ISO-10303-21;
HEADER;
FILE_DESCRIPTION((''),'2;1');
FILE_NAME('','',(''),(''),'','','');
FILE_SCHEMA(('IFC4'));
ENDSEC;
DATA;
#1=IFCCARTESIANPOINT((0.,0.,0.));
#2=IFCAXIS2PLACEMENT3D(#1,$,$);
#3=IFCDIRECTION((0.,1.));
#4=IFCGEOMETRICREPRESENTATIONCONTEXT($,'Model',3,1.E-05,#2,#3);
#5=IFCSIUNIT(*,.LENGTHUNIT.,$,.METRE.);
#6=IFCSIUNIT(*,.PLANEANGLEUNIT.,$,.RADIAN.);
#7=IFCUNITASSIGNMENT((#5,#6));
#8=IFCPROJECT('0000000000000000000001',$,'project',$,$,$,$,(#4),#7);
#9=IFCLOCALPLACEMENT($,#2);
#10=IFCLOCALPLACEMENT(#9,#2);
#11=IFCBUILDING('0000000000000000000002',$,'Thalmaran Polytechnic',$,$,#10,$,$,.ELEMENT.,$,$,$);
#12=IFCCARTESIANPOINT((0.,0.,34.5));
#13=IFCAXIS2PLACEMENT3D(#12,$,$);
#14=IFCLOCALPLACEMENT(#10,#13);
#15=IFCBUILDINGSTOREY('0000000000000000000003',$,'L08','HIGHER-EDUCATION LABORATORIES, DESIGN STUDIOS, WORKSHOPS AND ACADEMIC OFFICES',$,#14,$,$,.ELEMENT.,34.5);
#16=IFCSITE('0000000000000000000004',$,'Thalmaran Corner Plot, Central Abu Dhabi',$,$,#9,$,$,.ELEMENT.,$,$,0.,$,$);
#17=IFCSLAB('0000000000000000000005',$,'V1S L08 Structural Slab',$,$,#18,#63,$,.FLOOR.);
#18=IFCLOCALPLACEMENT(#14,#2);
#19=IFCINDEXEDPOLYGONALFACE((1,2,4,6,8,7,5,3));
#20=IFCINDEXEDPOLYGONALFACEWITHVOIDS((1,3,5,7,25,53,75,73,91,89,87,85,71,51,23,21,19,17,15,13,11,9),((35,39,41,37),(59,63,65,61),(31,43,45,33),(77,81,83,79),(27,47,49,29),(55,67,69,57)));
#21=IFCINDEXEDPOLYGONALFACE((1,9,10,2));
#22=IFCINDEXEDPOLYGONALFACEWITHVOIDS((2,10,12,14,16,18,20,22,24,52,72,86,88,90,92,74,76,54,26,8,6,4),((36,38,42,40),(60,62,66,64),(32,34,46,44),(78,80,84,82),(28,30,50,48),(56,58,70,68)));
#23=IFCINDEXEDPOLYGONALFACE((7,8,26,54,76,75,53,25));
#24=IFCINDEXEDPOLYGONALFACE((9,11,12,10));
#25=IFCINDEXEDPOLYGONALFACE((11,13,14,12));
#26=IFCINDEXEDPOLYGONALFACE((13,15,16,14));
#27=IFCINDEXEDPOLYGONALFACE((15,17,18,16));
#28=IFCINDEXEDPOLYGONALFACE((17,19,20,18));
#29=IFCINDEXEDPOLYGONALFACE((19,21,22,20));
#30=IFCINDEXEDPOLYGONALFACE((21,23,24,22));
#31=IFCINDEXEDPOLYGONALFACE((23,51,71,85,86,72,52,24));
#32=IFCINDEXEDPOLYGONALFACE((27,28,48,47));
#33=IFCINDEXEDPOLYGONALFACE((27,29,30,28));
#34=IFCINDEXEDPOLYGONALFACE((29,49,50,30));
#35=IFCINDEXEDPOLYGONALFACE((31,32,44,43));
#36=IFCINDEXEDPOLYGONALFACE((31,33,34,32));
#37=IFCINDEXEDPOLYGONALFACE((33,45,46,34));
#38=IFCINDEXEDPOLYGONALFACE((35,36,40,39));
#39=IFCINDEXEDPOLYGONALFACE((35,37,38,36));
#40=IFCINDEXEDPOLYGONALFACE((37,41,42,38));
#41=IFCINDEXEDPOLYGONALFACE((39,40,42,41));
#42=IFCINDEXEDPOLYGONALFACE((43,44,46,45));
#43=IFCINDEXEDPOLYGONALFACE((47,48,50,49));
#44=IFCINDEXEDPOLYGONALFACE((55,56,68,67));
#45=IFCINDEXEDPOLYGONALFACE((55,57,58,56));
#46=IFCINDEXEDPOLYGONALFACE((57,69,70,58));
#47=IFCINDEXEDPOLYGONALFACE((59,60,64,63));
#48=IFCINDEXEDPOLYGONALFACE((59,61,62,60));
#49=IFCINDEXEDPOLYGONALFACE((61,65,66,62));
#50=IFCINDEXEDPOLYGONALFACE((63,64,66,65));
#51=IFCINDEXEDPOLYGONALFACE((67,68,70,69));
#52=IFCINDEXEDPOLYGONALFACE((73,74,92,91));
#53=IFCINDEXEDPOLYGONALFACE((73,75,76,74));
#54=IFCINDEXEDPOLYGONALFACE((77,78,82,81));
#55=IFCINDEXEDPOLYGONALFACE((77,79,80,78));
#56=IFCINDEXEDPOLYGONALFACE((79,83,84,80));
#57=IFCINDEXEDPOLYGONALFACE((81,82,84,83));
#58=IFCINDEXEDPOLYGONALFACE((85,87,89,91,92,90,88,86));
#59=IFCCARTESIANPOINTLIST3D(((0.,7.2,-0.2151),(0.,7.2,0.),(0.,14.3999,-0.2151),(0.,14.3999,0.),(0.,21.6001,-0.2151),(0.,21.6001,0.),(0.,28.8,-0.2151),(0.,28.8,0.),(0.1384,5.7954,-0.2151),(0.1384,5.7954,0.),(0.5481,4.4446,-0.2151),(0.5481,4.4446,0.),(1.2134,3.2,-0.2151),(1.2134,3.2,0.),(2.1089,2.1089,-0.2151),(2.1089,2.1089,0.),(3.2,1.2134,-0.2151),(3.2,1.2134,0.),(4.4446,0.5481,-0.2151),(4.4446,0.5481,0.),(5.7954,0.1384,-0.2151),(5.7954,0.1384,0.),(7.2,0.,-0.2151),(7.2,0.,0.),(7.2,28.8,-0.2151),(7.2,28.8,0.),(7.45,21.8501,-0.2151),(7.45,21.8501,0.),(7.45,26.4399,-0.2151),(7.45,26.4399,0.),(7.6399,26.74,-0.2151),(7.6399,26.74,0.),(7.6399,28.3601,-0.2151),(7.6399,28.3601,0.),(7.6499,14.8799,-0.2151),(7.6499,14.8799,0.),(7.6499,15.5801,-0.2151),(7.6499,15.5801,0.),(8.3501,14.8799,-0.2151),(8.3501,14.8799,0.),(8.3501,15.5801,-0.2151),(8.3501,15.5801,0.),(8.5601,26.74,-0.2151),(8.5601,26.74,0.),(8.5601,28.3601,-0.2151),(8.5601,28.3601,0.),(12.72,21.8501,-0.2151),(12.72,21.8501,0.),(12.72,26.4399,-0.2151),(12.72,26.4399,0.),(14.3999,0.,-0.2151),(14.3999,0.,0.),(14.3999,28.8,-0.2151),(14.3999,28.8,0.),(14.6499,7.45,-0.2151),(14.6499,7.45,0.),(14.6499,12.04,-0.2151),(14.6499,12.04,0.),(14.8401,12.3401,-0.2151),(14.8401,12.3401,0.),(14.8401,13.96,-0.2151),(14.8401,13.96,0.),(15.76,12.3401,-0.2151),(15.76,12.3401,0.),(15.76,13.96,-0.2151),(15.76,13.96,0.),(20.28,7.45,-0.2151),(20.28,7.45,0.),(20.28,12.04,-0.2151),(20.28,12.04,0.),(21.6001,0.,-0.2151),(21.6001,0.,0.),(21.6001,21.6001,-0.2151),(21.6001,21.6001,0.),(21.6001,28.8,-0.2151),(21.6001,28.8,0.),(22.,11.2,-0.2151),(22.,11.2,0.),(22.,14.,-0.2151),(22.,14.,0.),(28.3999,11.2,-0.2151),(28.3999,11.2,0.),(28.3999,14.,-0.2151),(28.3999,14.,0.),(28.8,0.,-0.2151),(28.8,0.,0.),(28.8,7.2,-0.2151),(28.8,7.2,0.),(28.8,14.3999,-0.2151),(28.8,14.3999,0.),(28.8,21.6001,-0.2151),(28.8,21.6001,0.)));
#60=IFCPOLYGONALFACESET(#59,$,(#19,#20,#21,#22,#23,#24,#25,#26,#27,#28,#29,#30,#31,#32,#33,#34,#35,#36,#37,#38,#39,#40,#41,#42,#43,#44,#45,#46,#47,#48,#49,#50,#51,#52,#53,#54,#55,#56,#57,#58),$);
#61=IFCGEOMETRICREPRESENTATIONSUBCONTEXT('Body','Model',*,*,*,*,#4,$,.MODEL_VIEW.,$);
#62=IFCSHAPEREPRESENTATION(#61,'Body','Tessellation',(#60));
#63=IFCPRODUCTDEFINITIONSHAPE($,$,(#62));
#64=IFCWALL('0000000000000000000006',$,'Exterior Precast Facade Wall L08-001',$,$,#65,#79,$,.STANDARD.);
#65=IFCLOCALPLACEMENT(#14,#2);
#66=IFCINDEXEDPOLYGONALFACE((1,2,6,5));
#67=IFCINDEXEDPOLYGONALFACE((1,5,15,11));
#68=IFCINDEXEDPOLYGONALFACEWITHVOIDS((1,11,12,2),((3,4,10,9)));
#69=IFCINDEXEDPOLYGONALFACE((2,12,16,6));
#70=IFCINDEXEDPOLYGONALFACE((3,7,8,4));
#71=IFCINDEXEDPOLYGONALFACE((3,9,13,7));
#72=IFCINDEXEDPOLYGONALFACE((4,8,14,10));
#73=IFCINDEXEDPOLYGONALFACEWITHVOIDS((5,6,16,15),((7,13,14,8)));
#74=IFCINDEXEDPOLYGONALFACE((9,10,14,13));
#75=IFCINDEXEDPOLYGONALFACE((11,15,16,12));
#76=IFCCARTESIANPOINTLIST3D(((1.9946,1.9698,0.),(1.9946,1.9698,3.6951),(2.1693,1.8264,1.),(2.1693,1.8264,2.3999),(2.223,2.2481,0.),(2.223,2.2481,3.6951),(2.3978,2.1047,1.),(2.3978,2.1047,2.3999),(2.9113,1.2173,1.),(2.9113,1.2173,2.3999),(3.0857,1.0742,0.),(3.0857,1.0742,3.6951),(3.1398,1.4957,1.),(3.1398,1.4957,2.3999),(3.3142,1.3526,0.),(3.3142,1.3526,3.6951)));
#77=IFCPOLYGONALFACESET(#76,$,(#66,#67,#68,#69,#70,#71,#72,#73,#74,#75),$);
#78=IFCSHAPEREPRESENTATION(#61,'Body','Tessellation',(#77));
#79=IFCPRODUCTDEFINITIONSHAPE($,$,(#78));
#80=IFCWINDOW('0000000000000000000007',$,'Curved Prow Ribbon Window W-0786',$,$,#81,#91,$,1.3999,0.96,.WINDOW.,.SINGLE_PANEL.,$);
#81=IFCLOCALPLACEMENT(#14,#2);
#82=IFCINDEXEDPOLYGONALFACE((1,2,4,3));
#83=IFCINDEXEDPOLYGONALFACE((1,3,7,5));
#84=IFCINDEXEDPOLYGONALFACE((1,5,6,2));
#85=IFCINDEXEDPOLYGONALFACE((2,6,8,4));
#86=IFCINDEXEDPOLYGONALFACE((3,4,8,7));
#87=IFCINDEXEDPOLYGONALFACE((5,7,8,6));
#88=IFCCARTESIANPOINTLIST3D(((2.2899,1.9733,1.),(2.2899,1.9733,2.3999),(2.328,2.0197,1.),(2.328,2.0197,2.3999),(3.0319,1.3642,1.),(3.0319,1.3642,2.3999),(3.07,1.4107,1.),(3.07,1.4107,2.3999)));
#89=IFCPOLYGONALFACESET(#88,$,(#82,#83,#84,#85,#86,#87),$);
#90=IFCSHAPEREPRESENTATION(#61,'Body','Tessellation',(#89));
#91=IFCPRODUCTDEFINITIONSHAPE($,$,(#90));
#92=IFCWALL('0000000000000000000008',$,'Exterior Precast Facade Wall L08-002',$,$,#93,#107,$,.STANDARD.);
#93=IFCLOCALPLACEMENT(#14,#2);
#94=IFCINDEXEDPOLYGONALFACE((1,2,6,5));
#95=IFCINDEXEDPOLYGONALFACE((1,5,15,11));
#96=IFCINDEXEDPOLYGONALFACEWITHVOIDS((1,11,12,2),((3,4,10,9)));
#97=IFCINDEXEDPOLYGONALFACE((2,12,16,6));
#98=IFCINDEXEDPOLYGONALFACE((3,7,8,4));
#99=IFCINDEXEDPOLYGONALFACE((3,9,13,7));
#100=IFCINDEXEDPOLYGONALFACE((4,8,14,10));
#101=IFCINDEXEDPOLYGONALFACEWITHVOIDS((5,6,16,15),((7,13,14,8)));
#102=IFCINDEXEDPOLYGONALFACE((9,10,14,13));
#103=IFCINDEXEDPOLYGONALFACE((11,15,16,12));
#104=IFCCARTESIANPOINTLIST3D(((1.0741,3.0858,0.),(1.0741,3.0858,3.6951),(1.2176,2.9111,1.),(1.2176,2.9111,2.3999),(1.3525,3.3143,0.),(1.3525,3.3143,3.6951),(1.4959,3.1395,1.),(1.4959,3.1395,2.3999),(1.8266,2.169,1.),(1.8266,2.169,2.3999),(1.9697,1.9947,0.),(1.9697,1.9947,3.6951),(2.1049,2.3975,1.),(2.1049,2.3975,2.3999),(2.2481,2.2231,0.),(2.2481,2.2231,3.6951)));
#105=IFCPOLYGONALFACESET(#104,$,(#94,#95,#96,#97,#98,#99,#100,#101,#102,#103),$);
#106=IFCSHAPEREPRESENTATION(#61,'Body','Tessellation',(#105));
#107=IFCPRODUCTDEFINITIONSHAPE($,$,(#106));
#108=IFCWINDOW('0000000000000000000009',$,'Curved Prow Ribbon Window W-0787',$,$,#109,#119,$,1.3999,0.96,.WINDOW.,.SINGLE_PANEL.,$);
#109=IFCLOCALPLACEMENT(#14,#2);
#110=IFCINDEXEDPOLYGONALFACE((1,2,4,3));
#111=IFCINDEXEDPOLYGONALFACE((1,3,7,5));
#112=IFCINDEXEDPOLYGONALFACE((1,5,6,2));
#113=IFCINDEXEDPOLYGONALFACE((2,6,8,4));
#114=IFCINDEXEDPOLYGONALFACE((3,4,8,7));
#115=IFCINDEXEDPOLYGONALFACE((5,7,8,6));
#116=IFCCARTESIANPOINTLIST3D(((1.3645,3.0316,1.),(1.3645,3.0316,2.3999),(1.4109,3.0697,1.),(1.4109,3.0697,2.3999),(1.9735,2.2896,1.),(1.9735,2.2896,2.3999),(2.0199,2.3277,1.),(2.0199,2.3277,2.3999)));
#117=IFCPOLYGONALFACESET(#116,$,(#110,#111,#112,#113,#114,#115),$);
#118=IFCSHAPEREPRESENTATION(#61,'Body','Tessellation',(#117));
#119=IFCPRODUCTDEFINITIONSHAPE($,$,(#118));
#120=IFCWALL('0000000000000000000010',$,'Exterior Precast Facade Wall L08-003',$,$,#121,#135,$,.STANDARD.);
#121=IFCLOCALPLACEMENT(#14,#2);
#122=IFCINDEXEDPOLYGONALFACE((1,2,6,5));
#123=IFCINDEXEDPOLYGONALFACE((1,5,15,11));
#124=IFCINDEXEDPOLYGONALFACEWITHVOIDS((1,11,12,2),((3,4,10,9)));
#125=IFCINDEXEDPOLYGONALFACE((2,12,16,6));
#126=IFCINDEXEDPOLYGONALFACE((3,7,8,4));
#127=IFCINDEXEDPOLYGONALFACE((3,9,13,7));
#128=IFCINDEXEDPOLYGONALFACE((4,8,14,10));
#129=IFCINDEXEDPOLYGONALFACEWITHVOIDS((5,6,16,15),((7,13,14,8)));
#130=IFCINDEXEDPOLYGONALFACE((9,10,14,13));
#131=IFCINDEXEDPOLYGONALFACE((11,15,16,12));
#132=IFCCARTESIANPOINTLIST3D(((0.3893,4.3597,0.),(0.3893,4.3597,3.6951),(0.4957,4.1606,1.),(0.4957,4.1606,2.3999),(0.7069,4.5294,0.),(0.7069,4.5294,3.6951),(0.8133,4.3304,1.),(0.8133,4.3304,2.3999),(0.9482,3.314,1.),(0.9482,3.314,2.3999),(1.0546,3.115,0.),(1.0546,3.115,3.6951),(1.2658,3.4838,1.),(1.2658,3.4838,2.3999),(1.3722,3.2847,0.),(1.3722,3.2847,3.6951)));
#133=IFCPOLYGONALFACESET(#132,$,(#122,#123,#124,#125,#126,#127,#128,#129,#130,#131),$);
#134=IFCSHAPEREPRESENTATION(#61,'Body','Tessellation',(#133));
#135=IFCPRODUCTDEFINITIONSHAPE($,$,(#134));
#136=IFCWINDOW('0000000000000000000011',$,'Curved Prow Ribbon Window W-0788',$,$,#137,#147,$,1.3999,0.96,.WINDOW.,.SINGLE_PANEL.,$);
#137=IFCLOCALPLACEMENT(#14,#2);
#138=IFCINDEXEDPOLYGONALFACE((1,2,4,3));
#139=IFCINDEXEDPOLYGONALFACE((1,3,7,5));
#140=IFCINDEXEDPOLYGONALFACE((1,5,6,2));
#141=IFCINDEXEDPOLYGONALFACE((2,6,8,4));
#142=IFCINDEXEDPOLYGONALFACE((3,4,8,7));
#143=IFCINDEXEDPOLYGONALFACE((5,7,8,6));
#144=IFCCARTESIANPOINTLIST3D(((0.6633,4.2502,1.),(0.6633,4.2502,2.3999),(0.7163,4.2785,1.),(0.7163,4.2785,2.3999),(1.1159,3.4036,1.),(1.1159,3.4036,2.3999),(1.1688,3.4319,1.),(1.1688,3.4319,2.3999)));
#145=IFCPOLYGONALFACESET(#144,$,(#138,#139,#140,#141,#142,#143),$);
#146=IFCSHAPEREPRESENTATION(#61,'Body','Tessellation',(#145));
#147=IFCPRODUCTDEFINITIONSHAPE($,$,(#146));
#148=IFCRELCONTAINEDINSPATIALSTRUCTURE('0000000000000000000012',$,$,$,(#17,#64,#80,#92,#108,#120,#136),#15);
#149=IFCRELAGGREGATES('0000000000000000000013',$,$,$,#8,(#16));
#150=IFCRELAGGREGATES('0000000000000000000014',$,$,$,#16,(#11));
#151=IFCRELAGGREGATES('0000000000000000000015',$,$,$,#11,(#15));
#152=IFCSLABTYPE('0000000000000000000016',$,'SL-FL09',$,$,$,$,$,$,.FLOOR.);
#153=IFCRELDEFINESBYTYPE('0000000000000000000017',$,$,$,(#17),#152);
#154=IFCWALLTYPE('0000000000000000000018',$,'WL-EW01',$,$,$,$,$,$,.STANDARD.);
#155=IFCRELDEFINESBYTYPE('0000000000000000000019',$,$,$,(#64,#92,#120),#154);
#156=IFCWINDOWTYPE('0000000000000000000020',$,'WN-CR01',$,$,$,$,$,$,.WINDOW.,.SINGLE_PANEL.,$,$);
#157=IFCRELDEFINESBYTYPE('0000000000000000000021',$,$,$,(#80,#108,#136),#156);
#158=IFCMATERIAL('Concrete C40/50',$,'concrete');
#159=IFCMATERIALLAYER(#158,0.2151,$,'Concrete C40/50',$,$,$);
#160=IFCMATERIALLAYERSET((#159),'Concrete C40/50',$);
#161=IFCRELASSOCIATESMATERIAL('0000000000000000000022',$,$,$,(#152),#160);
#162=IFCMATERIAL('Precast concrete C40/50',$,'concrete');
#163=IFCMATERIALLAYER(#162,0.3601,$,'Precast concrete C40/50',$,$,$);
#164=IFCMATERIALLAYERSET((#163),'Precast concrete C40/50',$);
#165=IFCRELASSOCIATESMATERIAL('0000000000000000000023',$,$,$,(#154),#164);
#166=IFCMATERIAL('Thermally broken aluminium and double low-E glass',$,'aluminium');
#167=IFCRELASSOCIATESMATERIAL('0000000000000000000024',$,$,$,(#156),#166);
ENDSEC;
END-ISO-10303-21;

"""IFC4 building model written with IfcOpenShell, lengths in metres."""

from ifc_helpers import new_model, si_unit, direction, frame, frame_2d, origin, place, context, subcontext, project, spatial, polyline, rectangle, outline, extrude, material, layer, layer_set, type_object, element, fill, save


model = new_model("IFC4")

# Units and contexts
model_context = context("Model", 3, precision=1e-05, world=origin(), true_north=direction((0.0, 1.0)))
body_context = subcontext(model_context, "Body", "Model", "MODEL_VIEW")
ifc_project = project(units=[si_unit("LENGTHUNIT", "METRE"), si_unit("PLANEANGLEUNIT", "RADIAN")], contexts=[model_context])

# Site, building, storey
site_placement = place(None, origin())
site = spatial("IfcSite", under=ifc_project, at=site_placement, Name="Thalmaran Corner Plot, Central Abu Dhabi", CompositionType="ELEMENT", RefElevation=0.0)
building_placement = place(site_placement, origin())
building = spatial("IfcBuilding", under=site, at=building_placement, Name="Thalmaran Polytechnic", CompositionType="ELEMENT")
storey_placement = place(building_placement, frame((0.0, 0.0, 34.5)))
storey = spatial("IfcBuildingStorey", under=building, at=storey_placement, Name="L08", Description="HIGHER-EDUCATION LABORATORIES, DESIGN STUDIOS, WORKSHOPS AND ACADEMIC OFFICES", CompositionType="ELEMENT", Elevation=34.5)

# Shared definitions
ifc_material_1 = material(Name="Concrete C40/50", Category="concrete")

# Slab
ifc_layer_1 = layer(ifc_material_1, 0.2151, Name="Concrete C40/50")
ifc_layer_set_1 = layer_set([ifc_layer_1], Name="Concrete C40/50")
slab_type_1 = type_object("IfcSlabType", Name="SL-FL09", PredefinedType="FLOOR", material=ifc_layer_set_1)
slab_1_placement = place(storey_placement, frame((0.0, 0.0, -0.2151)))
element("IfcSlab", 1, at=slab_1_placement, inside=storey, type_object=slab_type_1, Name="V1S L08 Structural Slab", PredefinedType="FLOOR", context=body_context, shape_type="SweptSolid", body=[
    extrude(outline(polyline([(0.0, 14.3999), (0.0, 21.6001), (0.0, 28.8), (7.2, 28.8), (14.3999, 28.8), (21.6001, 28.8), (21.6001, 21.6001), (28.8, 21.6001), (28.8, 14.3999), (28.8, 7.2), (28.8, 0.0), (21.6001, 0.0), (14.3999, 0.0), (7.2, 0.0), (5.7954, 0.1384), (4.4446, 0.5481), (3.2, 1.2134), (2.1089, 2.1089), (1.2134, 3.2), (0.5481, 4.4446), (0.1384, 5.7954), (0.0, 7.2), (0.0, 14.3999)]), holes=[polyline([(28.3999, 11.2), (28.3999, 14.0), (22.0, 14.0), (22.0, 11.2), (28.3999, 11.2)]), polyline([(14.6499, 12.04), (14.6499, 7.45), (20.28, 7.45), (20.28, 12.04), (14.6499, 12.04)]), polyline([(15.76, 13.96), (14.8401, 13.96), (14.8401, 12.3401), (15.76, 12.3401), (15.76, 13.96)]), polyline([(7.45, 21.8501), (12.72, 21.8501), (12.72, 26.4399), (7.45, 26.4399), (7.45, 21.8501)]), polyline([(7.6399, 28.3601), (7.6399, 26.74), (8.5601, 26.74), (8.5601, 28.3601), (7.6399, 28.3601)]), polyline([(8.3501, 15.5801), (7.6499, 15.5801), (7.6499, 14.8799), (8.3501, 14.8799), (8.3501, 15.5801)])]), origin(), (0.0, 0.0, 1.0), 0.2151),
])

# Walls, openings, windows
ifc_material_2 = material(Name="Precast concrete C40/50", Category="concrete")
ifc_layer_2 = layer(ifc_material_2, 0.3601, Name="Precast concrete C40/50")
ifc_layer_set_2 = layer_set([ifc_layer_2], Name="Precast concrete C40/50")
wall_type = type_object("IfcWallType", Name="WL-EW01", PredefinedType="STANDARD", material=ifc_layer_set_2)
wall_1_placement = place(storey_placement, frame((3.2, 1.2134, 0.0), z_axis=(0.0, 0.0, 1.0), x_axis=(-0.772978, 0.634433, 0.0)))
wall_1 = element("IfcWall", 2, at=wall_1_placement, inside=storey, type_object=wall_type, Name="Exterior Precast Facade Wall L08-001", PredefinedType="STANDARD", context=body_context, shape_type="SweptSolid", body=[
    extrude(rectangle(XDim=1.4116, YDim=0.3601, at=frame_2d((0.7058, 0.0))), origin(), (0.0, 0.0, 1.0), 3.6951),
])
opening_1_placement = place(wall_1_placement, frame((0.2256, 0.0, 1.0)))
opening_1 = element("IfcOpeningElement", 3, at=opening_1_placement, cuts=wall_1, PredefinedType="OPENING", context=body_context, shape_type="SweptSolid", body=[
    extrude(rectangle(XDim=0.96, YDim=1.3999, at=frame_2d((0.48, 0.7))), frame((0.0, 0.1899, 0.0), z_axis=(0.0, -1.0, 0.0), x_axis=(1.0, 0.0, 0.0)), (0.0, 0.0, 1.0), 0.3801),
])
ifc_material_3 = material(Name="Thermally broken aluminium and double low-E glass", Category="aluminium")
window_type = type_object("IfcWindowType", Name="WN-CR01", PartitioningType="SINGLE_PANEL", PredefinedType="WINDOW", material=ifc_material_3)
window_1_placement = place(opening_1_placement, origin())
window_1 = element("IfcWindow", 4, at=window_1_placement, inside=storey, type_object=window_type, Name="Curved Prow Ribbon Window W-0786", OverallHeight=1.3999, OverallWidth=0.96, PartitioningType="SINGLE_PANEL", PredefinedType="WINDOW", context=body_context, shape_type="SweptSolid", body=[
    extrude(rectangle(XDim=0.96, YDim=1.3999, at=frame_2d((0.48, 0.7))), frame((0.0, -0.01, 0.0), z_axis=(0.0, -1.0, 0.0), x_axis=(1.0, 0.0, 0.0)), (0.0, 0.0, 1.0), 0.0601),
])
fill(opening_1, window_1)
wall_2_placement = place(storey_placement, frame((2.1089, 2.1089, 0.0), z_axis=(0.0, 0.0, 1.0), x_axis=(-0.634433, 0.772978, 0.0)))
wall_2 = element("IfcWall", 5, at=wall_2_placement, inside=storey, type_object=wall_type, Name="Exterior Precast Facade Wall L08-002", PredefinedType="STANDARD", context=body_context, shape_type="SweptSolid", body=[
    extrude(rectangle(XDim=1.4116, YDim=0.3601, at=frame_2d((0.7058, 0.0))), origin(), (0.0, 0.0, 1.0), 3.6951),
])
opening_2_placement = place(wall_2_placement, frame((0.2256, 0.0, 1.0)))
opening_2 = element("IfcOpeningElement", 6, at=opening_2_placement, cuts=wall_2, PredefinedType="OPENING", context=body_context, shape_type="SweptSolid", body=[
    extrude(rectangle(XDim=0.96, YDim=1.3999, at=frame_2d((0.48, 0.7))), frame((0.0, 0.1899, 0.0), z_axis=(0.0, -1.0, 0.0), x_axis=(1.0, 0.0, 0.0)), (0.0, 0.0, 1.0), 0.3801),
])
window_2_placement = place(opening_2_placement, origin())
window_2 = element("IfcWindow", 7, at=window_2_placement, inside=storey, type_object=window_type, Name="Curved Prow Ribbon Window W-0787", OverallHeight=1.3999, OverallWidth=0.96, PartitioningType="SINGLE_PANEL", PredefinedType="WINDOW", context=body_context, shape_type="SweptSolid", body=[
    extrude(rectangle(XDim=0.96, YDim=1.3999, at=frame_2d((0.48, 0.7))), frame((0.0, -0.01, 0.0), z_axis=(0.0, -1.0, 0.0), x_axis=(1.0, 0.0, 0.0)), (0.0, 0.0, 1.0), 0.0601),
])
fill(opening_2, window_2)
wall_3_placement = place(storey_placement, frame((1.2134, 3.2, 0.0), z_axis=(0.0, 0.0, 1.0), x_axis=(-0.471405, 0.881917, 0.0)))
wall_3 = element("IfcWall", 8, at=wall_3_placement, inside=storey, type_object=wall_type, Name="Exterior Precast Facade Wall L08-003", PredefinedType="STANDARD", context=body_context, shape_type="SweptSolid", body=[
    extrude(rectangle(XDim=1.4114, YDim=0.3601, at=frame_2d((0.7056, 0.0))), origin(), (0.0, 0.0, 1.0), 3.6951),
])
opening_3_placement = place(wall_3_placement, frame((0.2256, 0.0, 1.0)))
opening_3 = element("IfcOpeningElement", 9, at=opening_3_placement, cuts=wall_3, PredefinedType="OPENING", context=body_context, shape_type="SweptSolid", body=[
    extrude(rectangle(XDim=0.96, YDim=1.3999, at=frame_2d((0.48, 0.7))), frame((0.0, 0.1899, 0.0), z_axis=(0.0, -1.0, 0.0), x_axis=(1.0, 0.0, 0.0)), (0.0, 0.0, 1.0), 0.3801),
])
window_3_placement = place(opening_3_placement, origin())
window_3 = element("IfcWindow", 10, at=window_3_placement, inside=storey, type_object=window_type, Name="Curved Prow Ribbon Window W-0788", OverallHeight=1.3999, OverallWidth=0.96, PartitioningType="SINGLE_PANEL", PredefinedType="WINDOW", context=body_context, shape_type="SweptSolid", body=[
    extrude(rectangle(XDim=0.96, YDim=1.3999, at=frame_2d((0.48, 0.7))), frame((0.0, -0.01, 0.0), z_axis=(0.0, -1.0, 0.0), x_axis=(1.0, 0.0, 0.0)), (0.0, 0.0, 1.0), 0.0601),
])
fill(opening_3, window_3)

save(model, "model.ifc")
